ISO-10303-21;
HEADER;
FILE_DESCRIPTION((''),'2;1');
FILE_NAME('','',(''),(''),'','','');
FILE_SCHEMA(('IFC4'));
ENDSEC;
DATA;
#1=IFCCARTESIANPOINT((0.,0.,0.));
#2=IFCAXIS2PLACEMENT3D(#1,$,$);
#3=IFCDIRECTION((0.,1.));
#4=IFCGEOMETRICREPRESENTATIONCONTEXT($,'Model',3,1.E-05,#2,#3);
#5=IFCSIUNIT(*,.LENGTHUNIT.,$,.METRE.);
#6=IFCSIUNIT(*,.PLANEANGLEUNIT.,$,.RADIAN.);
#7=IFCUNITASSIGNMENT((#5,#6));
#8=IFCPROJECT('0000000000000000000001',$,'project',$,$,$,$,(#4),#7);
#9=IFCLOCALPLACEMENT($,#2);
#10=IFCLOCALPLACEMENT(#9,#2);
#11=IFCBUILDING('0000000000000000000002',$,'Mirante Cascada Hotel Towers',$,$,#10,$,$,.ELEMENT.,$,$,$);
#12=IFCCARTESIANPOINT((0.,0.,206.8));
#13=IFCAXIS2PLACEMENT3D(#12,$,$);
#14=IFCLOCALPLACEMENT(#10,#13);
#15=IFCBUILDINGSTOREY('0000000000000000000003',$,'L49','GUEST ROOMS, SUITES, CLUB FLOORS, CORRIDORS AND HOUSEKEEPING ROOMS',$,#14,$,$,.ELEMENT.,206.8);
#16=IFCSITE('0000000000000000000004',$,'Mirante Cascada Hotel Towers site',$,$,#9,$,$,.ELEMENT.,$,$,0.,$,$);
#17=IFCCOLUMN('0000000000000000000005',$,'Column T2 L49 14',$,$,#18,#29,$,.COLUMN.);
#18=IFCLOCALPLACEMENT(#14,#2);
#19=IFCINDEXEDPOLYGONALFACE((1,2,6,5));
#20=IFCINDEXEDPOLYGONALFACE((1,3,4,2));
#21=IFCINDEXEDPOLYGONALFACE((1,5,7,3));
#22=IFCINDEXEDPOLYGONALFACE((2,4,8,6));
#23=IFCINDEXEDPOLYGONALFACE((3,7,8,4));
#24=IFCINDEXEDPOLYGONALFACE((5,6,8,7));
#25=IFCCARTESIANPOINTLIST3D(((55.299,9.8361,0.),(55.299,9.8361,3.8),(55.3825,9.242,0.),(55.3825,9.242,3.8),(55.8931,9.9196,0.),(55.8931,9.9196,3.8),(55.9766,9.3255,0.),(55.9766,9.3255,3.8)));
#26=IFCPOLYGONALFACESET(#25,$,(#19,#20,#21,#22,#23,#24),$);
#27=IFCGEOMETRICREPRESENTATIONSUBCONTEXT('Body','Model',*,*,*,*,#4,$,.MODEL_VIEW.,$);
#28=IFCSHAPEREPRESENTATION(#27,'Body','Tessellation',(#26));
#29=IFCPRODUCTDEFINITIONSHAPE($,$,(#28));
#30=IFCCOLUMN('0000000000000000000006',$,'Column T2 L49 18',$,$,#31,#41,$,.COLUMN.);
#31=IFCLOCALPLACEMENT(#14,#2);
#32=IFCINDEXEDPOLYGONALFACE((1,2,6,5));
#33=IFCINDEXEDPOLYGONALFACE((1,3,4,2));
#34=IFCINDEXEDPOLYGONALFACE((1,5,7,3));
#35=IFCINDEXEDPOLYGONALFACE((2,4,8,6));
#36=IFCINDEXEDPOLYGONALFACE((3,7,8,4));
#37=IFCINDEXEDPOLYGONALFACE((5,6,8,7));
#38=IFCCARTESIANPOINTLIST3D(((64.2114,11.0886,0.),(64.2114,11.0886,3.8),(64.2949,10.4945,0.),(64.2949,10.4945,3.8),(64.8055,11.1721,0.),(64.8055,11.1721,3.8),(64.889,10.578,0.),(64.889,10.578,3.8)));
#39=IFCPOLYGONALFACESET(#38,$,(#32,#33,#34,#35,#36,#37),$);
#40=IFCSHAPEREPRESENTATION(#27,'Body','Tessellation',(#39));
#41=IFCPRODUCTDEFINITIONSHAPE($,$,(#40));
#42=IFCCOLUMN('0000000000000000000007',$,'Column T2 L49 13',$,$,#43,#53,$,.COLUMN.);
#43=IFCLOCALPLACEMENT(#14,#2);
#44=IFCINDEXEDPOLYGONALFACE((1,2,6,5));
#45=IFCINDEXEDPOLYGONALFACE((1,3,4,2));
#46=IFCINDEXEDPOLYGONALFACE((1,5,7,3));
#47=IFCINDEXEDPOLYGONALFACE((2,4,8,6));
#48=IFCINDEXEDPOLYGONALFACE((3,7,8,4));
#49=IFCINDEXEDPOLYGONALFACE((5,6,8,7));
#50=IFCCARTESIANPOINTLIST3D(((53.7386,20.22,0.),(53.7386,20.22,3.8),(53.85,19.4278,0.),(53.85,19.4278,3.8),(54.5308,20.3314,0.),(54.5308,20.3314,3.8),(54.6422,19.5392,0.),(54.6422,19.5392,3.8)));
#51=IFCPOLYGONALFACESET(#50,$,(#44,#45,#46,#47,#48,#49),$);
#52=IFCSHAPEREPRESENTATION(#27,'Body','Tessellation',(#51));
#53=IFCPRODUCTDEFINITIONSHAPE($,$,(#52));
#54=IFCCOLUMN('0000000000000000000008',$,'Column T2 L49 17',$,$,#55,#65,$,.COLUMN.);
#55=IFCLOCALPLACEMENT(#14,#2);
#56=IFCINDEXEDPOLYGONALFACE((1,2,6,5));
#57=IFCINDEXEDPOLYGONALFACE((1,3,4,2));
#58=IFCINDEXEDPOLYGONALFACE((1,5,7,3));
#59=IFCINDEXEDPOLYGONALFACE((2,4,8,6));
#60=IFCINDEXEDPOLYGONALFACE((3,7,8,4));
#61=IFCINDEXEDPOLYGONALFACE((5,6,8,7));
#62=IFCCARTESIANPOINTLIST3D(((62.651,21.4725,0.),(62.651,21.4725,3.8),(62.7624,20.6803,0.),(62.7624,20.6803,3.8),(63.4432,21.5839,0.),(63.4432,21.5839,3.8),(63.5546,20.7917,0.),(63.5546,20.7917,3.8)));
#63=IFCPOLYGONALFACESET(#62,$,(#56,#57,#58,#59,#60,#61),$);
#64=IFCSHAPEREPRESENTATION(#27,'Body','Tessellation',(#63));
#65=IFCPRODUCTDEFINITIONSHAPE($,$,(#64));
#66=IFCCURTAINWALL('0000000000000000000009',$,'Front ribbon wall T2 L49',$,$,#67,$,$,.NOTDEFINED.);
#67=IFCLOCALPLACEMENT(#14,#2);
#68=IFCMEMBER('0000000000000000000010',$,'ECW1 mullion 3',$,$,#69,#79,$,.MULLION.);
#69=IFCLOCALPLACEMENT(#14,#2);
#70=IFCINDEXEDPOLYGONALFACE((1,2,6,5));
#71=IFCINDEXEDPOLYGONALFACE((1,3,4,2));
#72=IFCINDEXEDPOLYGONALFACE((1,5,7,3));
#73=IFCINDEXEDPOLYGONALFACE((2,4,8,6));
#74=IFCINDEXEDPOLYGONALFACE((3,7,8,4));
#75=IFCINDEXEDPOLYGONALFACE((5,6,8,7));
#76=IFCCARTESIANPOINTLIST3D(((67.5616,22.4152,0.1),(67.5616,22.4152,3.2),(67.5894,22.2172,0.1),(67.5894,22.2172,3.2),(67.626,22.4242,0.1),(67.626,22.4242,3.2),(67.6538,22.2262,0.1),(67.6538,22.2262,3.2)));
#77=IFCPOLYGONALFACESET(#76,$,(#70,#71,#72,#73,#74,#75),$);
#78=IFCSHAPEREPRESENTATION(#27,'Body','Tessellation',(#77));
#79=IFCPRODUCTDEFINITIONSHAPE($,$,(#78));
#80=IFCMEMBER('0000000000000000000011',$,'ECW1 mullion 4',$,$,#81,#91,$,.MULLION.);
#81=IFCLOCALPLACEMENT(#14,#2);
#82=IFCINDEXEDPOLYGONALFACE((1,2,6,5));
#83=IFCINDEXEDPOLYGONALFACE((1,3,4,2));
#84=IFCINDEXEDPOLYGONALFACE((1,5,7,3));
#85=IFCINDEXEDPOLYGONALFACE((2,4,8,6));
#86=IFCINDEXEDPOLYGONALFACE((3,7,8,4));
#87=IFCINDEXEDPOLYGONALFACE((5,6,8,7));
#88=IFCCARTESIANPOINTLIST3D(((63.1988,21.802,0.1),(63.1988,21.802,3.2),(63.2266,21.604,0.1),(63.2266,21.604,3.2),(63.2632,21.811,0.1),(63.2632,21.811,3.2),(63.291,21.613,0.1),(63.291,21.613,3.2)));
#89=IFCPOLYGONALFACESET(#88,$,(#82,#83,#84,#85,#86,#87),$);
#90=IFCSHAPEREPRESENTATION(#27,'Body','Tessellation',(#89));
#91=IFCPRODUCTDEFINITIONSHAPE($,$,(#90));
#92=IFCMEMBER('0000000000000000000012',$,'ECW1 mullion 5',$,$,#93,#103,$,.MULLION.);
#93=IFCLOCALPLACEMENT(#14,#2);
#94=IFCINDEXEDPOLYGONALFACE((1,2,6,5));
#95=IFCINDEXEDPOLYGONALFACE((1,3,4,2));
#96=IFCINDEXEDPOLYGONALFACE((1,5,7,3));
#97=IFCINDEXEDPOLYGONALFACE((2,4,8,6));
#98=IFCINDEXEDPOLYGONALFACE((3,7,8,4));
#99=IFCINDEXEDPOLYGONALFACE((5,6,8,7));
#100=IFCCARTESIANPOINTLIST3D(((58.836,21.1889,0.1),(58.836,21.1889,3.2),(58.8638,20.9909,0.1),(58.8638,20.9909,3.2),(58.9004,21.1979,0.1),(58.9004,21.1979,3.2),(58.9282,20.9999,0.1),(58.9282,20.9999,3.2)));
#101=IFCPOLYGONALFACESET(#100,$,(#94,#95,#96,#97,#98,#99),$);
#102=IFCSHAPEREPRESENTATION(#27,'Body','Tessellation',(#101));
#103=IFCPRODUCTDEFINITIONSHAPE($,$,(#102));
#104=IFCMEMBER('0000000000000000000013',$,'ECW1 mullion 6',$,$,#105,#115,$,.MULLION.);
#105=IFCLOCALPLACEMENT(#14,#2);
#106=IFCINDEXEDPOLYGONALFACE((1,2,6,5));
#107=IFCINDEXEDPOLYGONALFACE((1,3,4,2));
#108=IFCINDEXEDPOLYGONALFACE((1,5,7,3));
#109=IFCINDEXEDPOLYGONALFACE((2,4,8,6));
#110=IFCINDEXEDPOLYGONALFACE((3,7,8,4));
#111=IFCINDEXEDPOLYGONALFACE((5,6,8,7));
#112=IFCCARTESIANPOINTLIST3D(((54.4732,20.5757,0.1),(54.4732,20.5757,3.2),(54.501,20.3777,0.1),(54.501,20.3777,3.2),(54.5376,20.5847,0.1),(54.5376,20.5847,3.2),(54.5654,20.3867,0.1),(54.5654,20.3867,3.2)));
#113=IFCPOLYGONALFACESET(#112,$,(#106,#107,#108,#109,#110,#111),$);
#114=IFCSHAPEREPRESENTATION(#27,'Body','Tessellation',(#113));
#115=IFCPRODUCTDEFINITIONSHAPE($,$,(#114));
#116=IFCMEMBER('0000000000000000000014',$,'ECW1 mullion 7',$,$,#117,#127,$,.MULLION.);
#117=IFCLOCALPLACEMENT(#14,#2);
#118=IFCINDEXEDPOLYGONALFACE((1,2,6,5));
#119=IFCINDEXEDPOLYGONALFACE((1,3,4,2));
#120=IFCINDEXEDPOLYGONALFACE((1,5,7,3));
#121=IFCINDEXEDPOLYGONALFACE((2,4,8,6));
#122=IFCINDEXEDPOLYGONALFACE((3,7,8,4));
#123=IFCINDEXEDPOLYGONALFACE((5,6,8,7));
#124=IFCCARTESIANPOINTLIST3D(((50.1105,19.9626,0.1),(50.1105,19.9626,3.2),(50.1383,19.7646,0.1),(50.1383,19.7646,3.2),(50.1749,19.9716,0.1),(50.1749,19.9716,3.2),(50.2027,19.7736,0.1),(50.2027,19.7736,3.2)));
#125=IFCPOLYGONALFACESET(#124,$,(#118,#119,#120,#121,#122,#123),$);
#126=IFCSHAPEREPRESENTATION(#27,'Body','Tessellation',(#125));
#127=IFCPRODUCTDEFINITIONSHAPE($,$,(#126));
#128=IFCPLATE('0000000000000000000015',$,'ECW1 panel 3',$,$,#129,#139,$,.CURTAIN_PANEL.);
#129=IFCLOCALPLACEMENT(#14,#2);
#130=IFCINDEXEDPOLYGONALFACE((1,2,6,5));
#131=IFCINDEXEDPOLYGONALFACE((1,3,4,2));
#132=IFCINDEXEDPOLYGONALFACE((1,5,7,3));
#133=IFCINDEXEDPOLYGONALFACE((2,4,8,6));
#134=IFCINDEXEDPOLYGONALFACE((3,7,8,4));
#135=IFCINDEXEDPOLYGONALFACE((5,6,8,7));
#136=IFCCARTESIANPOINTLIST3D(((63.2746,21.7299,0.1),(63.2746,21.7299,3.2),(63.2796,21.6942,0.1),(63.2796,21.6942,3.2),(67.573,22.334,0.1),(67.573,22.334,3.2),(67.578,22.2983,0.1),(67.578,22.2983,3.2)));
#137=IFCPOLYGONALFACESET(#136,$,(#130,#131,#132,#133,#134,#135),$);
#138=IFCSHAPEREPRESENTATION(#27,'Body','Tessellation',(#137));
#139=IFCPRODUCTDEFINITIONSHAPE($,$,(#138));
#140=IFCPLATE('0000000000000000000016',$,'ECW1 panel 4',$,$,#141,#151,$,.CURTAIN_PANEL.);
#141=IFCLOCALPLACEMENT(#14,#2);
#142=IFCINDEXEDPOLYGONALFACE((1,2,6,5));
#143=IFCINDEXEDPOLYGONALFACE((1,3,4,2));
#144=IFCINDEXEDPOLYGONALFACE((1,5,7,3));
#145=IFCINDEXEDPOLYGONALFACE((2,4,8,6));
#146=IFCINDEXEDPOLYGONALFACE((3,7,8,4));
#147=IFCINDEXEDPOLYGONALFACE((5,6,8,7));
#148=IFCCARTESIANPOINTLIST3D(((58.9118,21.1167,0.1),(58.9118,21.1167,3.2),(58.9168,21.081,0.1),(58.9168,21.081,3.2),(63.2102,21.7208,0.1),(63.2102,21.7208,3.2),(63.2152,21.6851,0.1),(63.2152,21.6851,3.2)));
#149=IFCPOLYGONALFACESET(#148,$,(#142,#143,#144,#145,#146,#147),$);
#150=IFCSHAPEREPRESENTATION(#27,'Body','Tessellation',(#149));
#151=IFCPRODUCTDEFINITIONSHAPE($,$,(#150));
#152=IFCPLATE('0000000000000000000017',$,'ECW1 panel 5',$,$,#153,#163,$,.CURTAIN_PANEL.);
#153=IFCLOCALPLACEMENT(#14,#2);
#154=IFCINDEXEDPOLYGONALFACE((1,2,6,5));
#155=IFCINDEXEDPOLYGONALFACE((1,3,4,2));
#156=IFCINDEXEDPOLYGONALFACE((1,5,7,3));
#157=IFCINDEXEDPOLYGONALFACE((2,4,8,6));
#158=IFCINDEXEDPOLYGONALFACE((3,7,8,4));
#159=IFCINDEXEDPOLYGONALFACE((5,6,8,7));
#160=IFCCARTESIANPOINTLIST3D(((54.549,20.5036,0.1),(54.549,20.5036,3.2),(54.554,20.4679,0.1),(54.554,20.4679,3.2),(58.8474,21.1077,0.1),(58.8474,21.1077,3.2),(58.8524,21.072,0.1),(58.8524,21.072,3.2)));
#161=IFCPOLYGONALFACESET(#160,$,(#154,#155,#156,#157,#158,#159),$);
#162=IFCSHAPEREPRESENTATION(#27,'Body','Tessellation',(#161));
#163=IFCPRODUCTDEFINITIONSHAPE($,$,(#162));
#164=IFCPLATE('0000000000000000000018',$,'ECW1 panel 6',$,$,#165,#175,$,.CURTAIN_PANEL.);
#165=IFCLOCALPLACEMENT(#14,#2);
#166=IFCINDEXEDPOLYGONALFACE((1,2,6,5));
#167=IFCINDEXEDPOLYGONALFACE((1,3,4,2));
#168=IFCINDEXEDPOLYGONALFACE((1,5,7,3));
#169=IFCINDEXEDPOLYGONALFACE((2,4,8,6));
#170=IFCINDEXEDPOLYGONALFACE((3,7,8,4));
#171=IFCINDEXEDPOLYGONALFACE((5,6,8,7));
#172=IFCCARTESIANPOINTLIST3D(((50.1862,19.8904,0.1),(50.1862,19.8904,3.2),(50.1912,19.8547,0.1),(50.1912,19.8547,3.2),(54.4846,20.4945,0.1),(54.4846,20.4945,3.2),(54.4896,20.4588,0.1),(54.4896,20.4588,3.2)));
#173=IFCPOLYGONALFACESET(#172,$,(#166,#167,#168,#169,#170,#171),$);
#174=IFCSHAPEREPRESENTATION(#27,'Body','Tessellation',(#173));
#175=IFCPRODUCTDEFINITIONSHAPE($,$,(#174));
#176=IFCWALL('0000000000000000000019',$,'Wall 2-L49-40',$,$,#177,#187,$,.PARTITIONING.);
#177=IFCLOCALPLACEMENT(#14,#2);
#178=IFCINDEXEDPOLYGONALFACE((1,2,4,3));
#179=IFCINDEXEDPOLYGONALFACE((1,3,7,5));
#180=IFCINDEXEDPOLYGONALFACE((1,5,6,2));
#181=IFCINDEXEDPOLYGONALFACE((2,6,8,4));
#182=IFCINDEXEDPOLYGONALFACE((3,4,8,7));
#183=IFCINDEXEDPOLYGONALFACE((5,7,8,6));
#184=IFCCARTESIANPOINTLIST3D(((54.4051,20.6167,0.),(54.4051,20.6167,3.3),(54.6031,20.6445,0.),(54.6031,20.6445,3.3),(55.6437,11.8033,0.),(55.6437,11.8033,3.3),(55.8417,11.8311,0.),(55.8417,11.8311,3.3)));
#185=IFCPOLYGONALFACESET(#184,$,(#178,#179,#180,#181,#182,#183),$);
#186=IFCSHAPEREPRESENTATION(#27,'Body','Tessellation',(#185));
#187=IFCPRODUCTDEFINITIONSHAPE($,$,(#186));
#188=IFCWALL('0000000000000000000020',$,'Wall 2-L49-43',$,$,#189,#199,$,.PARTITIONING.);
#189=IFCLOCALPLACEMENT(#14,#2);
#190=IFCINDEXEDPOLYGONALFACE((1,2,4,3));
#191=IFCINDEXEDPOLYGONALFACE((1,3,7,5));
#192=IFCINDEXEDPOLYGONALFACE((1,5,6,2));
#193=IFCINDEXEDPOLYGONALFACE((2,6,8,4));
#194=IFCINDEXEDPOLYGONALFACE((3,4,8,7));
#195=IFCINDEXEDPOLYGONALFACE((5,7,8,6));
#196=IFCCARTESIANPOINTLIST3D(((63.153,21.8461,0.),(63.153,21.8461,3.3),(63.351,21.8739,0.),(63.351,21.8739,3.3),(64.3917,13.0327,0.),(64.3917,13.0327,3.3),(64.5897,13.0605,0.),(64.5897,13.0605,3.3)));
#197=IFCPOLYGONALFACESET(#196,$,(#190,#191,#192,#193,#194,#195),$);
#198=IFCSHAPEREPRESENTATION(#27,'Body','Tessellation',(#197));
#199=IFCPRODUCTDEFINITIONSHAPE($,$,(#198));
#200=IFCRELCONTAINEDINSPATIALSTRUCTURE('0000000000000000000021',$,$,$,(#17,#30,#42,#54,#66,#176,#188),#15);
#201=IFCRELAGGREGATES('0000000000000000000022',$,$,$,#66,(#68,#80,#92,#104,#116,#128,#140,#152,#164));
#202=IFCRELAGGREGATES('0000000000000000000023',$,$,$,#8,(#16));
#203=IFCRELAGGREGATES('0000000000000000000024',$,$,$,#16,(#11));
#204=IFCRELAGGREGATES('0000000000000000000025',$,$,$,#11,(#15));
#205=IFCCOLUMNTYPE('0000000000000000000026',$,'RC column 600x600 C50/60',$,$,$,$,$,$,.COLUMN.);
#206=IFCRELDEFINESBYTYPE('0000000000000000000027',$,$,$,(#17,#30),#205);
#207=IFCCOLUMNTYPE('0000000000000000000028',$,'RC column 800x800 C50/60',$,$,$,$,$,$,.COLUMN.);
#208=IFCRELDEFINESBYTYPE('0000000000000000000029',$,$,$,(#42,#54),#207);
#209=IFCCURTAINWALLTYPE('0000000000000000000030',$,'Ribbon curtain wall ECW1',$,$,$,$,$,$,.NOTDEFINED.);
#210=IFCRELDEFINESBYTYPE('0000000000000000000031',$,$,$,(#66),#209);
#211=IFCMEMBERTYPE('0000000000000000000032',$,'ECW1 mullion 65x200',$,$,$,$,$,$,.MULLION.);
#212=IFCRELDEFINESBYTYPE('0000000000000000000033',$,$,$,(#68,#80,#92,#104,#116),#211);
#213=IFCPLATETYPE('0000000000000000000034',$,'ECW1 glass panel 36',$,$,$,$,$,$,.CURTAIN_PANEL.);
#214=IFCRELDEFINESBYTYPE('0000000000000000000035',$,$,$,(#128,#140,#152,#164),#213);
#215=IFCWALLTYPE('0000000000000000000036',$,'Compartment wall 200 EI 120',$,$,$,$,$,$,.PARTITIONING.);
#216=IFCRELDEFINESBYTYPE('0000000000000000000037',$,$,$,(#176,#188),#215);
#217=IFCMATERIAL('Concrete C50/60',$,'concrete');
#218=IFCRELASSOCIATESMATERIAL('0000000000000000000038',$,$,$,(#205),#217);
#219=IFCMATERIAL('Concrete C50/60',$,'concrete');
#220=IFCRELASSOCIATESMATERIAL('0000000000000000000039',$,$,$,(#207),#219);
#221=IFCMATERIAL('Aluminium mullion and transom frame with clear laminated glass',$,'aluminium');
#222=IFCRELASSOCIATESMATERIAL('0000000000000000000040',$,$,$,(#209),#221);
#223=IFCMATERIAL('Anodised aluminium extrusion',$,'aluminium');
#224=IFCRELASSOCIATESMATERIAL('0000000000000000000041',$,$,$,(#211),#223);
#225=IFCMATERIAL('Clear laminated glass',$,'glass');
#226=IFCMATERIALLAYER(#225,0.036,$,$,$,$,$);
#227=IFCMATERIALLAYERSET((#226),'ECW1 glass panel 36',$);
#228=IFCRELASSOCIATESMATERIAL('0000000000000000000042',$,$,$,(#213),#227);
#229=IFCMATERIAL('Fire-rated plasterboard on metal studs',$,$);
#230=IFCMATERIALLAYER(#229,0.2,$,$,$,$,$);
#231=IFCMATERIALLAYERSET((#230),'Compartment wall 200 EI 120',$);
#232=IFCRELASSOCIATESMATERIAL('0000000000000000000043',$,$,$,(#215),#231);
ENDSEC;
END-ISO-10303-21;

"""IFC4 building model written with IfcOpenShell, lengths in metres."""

from ifc_helpers import new_model, si_unit, direction, frame, frame_2d, origin, origin_2d, place, context, subcontext, project, spatial, rectangle, extrude, material, layer, layer_set, material_profile, profile_set, type_object, element, aggregate, save


model = new_model("IFC4")

# Units and contexts
model_context = context("Model", 3, precision=1e-05, world=origin(), true_north=direction((0.0, 1.0)))
body_context = subcontext(model_context, "Body", "Model", "MODEL_VIEW")
ifc_project = project(units=[si_unit("LENGTHUNIT", "METRE"), si_unit("PLANEANGLEUNIT", "RADIAN")], contexts=[model_context])

# Site, building, storey
site_placement = place(None, origin())
site = spatial("IfcSite", under=ifc_project, at=site_placement, Name="Mirante Cascada Hotel Towers site", CompositionType="ELEMENT", RefElevation=0.0)
building_placement = place(site_placement, origin())
building = spatial("IfcBuilding", under=site, at=building_placement, Name="Mirante Cascada Hotel Towers", CompositionType="ELEMENT")
storey_placement = place(building_placement, frame((0.0, 0.0, 206.8)))
storey = spatial("IfcBuildingStorey", under=building, at=storey_placement, Name="L49", Description="GUEST ROOMS, SUITES, CLUB FLOORS, CORRIDORS AND HOUSEKEEPING ROOMS", CompositionType="ELEMENT", Elevation=206.8)

# Columns
ifc_material_1 = material(Name="Concrete C50/60", Category="concrete")
ifc_material_profile_1 = material_profile(ifc_material_1, rectangle(XDim=0.6, YDim=0.6, at=origin_2d()), Name="RC column 600x600 C50/60")
ifc_profile_set_1 = profile_set([ifc_material_profile_1], Name="Concrete C50/60")
column_type_1 = type_object("IfcColumnType", Name="RC column 600x600 C50/60", PredefinedType="COLUMN", material=ifc_profile_set_1)
for number, where, z_axis, x_axis, name in (
    (1, (55.6378, 9.5808, 0.0), (0.0, 0.0, 1.0), (0.990268, 0.139173, 0.0), "Column T2 L49 14"),
    (2, (64.5502, 10.8333, 0.0), (0.0, 0.0, 1.0), (0.990268, 0.139173, 0.0), "Column T2 L49 18"),
):
    element("IfcColumn", number, at=place(storey_placement, frame(where, z_axis=z_axis, x_axis=x_axis)), inside=storey, type_object=column_type_1, Name=name, PredefinedType="COLUMN", context=body_context, shape_type="SweptSolid", body=[
        extrude(rectangle(XDim=0.6, YDim=0.6, at=origin_2d()), origin(), (0.0, 0.0, 1.0), 3.8),
    ])
ifc_material_2 = material(Name="Concrete C50/60", Category="concrete")
ifc_material_profile_2 = material_profile(ifc_material_2, rectangle(XDim=0.8, YDim=0.8, at=origin_2d()), Name="RC column 800x800 C50/60")
ifc_profile_set_2 = profile_set([ifc_material_profile_2], Name="Concrete C50/60")
column_type_2 = type_object("IfcColumnType", Name="RC column 800x800 C50/60", PredefinedType="COLUMN", material=ifc_profile_set_2)
for number, where, z_axis, x_axis, name in (
    (3, (54.1904, 19.8796, 0.0), (0.0, 0.0, 1.0), (0.990268, 0.139173, 0.0), "Column T2 L49 13"),
    (4, (63.1028, 21.1321, 0.0), (0.0, 0.0, 1.0), (0.990268, 0.139173, 0.0), "Column T2 L49 17"),
):
    element("IfcColumn", number, at=place(storey_placement, frame(where, z_axis=z_axis, x_axis=x_axis)), inside=storey, type_object=column_type_2, Name=name, PredefinedType="COLUMN", context=body_context, shape_type="SweptSolid", body=[
        extrude(rectangle(XDim=0.8, YDim=0.8, at=origin_2d()), origin(), (0.0, 0.0, 1.0), 3.8),
    ])

# Curtain wall, members, plates
ifc_material_3 = material(Name="Aluminium mullion and transom frame with clear laminated glass", Category="aluminium")
curtain_wall_type = type_object("IfcCurtainWallType", Name="Ribbon curtain wall ECW1", PredefinedType="NOTDEFINED", material=ifc_material_3)
curtain_wall_placement = place(storey_placement, origin())
curtain_wall = element("IfcCurtainWall", 5, at=curtain_wall_placement, inside=storey, type_object=curtain_wall_type, Name="Front ribbon wall T2 L49", PredefinedType="NOTDEFINED")
ifc_material_4 = material(Name="Anodised aluminium extrusion", Category="aluminium")
ifc_material_profile_3 = material_profile(ifc_material_4, rectangle(XDim=0.2, YDim=0.065, at=origin_2d()), Name="ECW1 MULLION 65x200")
ifc_profile_set_3 = profile_set([ifc_material_profile_3], Name="Anodised aluminium extrusion")
member_type = type_object("IfcMemberType", Name="ECW1 mullion 65x200", PredefinedType="MULLION", material=ifc_profile_set_3)
member_1_placement = place(storey_placement, frame((67.6077, 22.3207, 0.1), z_axis=(0.0, 0.0, 1.0), x_axis=(0.139173, -0.990268, 0.0)))
member_1 = element("IfcMember", 6, at=member_1_placement, type_object=member_type, Name="ECW1 mullion 3", PredefinedType="MULLION", context=body_context, shape_type="SweptSolid", body=[
    extrude(rectangle(XDim=0.2, YDim=0.065, at=origin_2d()), origin(), (0.0, 0.0, 1.0), 3.1),
])
member_2_placement = place(storey_placement, frame((63.2449, 21.7075, 0.1), z_axis=(0.0, 0.0, 1.0), x_axis=(0.139173, -0.990268, 0.0)))
member_2 = element("IfcMember", 7, at=member_2_placement, type_object=member_type, Name="ECW1 mullion 4", PredefinedType="MULLION", context=body_context, shape_type="SweptSolid", body=[
    extrude(rectangle(XDim=0.2, YDim=0.065, at=origin_2d()), origin(), (0.0, 0.0, 1.0), 3.1),
])
member_3_placement = place(storey_placement, frame((58.8821, 21.0944, 0.1), z_axis=(0.0, 0.0, 1.0), x_axis=(0.139173, -0.990268, 0.0)))
member_3 = element("IfcMember", 8, at=member_3_placement, type_object=member_type, Name="ECW1 mullion 5", PredefinedType="MULLION", context=body_context, shape_type="SweptSolid", body=[
    extrude(rectangle(XDim=0.2, YDim=0.065, at=origin_2d()), origin(), (0.0, 0.0, 1.0), 3.1),
])
member_4_placement = place(storey_placement, frame((54.5193, 20.4812, 0.1), z_axis=(0.0, 0.0, 1.0), x_axis=(0.139173, -0.990268, 0.0)))
member_4 = element("IfcMember", 9, at=member_4_placement, type_object=member_type, Name="ECW1 mullion 6", PredefinedType="MULLION", context=body_context, shape_type="SweptSolid", body=[
    extrude(rectangle(XDim=0.2, YDim=0.065, at=origin_2d()), origin(), (0.0, 0.0, 1.0), 3.1),
])
member_5_placement = place(storey_placement, frame((50.1566, 19.8681, 0.1), z_axis=(0.0, 0.0, 1.0), x_axis=(0.139173, -0.990268, 0.0)))
member_5 = element("IfcMember", 10, at=member_5_placement, type_object=member_type, Name="ECW1 mullion 7", PredefinedType="MULLION", context=body_context, shape_type="SweptSolid", body=[
    extrude(rectangle(XDim=0.2, YDim=0.065, at=origin_2d()), origin(), (0.0, 0.0, 1.0), 3.1),
])
ifc_material_5 = material(Name="Clear laminated glass", Category="glass")
ifc_layer_1 = layer(ifc_material_5, 0.036)
ifc_layer_set_1 = layer_set([ifc_layer_1], Name="ECW1 glass panel 36")
plate_type = type_object("IfcPlateType", Name="ECW1 glass panel 36", PredefinedType="CURTAIN_PANEL", material=ifc_layer_set_1)
plate_1_placement = place(storey_placement, frame((65.4263, 22.0141, 0.1), z_axis=(0.0, 0.0, 1.0), x_axis=(-0.990268, -0.139173, 0.0)))
plate_1 = element("IfcPlate", 11, at=plate_1_placement, type_object=plate_type, Name="ECW1 panel 3", PredefinedType="CURTAIN_PANEL", context=body_context, shape_type="SweptSolid", body=[
    extrude(rectangle(XDim=4.3407, YDim=0.036, at=origin_2d()), origin(), (0.0, 0.0, 1.0), 3.1),
])
plate_2_placement = place(storey_placement, frame((61.0635, 21.4009, 0.1), z_axis=(0.0, 0.0, 1.0), x_axis=(-0.990268, -0.139173, 0.0)))
plate_2 = element("IfcPlate", 12, at=plate_2_placement, type_object=plate_type, Name="ECW1 panel 4", PredefinedType="CURTAIN_PANEL", context=body_context, shape_type="SweptSolid", body=[
    extrude(rectangle(XDim=4.3407, YDim=0.036, at=origin_2d()), origin(), (0.0, 0.0, 1.0), 3.1),
])
plate_3_placement = place(storey_placement, frame((56.7007, 20.7878, 0.1), z_axis=(0.0, 0.0, 1.0), x_axis=(-0.990268, -0.139173, 0.0)))
plate_3 = element("IfcPlate", 13, at=plate_3_placement, type_object=plate_type, Name="ECW1 panel 5", PredefinedType="CURTAIN_PANEL", context=body_context, shape_type="SweptSolid", body=[
    extrude(rectangle(XDim=4.3407, YDim=0.036, at=origin_2d()), origin(), (0.0, 0.0, 1.0), 3.1),
])
plate_4_placement = place(storey_placement, frame((52.3379, 20.1746, 0.1), z_axis=(0.0, 0.0, 1.0), x_axis=(-0.990268, -0.139173, 0.0)))
plate_4 = element("IfcPlate", 14, at=plate_4_placement, type_object=plate_type, Name="ECW1 panel 6", PredefinedType="CURTAIN_PANEL", context=body_context, shape_type="SweptSolid", body=[
    extrude(rectangle(XDim=4.3407, YDim=0.036, at=origin_2d()), origin(), (0.0, 0.0, 1.0), 3.1),
])
aggregate(curtain_wall, [member_1, member_2, member_3, member_4, member_5, plate_1, plate_2, plate_3, plate_4])

# Walls
ifc_material_6 = material(Name="Fire-rated plasterboard on metal studs")
ifc_layer_2 = layer(ifc_material_6, 0.2)
ifc_layer_set_2 = layer_set([ifc_layer_2], Name="Compartment wall 200 EI 120")
wall_type_1 = type_object("IfcWallType", Name="Compartment wall 200 EI 120", PredefinedType="PARTITIONING", material=ifc_layer_set_2)
for number, where, z_axis, x_axis, name in (
    (15, (55.7427, 11.8172, 0.0), (0.0, 0.0, 1.0), (-0.139168, 0.990269, 0.0), "Wall 2-L49-40"),
    (16, (63.252, 21.86, 0.0), (0.0, 0.0, 1.0), (0.139179, -0.990267, 0.0), "Wall 2-L49-43"),
):
    element("IfcWall", number, at=place(storey_placement, frame(where, z_axis=z_axis, x_axis=x_axis)), inside=storey, type_object=wall_type_1, Name=name, PredefinedType="PARTITIONING", context=body_context, shape_type="SweptSolid", body=[
        extrude(rectangle(XDim=8.9, YDim=0.2, at=frame_2d((4.45, 0.0))), origin(), (0.0, 0.0, 1.0), 3.3),
    ])

save(model, "model.ifc")
